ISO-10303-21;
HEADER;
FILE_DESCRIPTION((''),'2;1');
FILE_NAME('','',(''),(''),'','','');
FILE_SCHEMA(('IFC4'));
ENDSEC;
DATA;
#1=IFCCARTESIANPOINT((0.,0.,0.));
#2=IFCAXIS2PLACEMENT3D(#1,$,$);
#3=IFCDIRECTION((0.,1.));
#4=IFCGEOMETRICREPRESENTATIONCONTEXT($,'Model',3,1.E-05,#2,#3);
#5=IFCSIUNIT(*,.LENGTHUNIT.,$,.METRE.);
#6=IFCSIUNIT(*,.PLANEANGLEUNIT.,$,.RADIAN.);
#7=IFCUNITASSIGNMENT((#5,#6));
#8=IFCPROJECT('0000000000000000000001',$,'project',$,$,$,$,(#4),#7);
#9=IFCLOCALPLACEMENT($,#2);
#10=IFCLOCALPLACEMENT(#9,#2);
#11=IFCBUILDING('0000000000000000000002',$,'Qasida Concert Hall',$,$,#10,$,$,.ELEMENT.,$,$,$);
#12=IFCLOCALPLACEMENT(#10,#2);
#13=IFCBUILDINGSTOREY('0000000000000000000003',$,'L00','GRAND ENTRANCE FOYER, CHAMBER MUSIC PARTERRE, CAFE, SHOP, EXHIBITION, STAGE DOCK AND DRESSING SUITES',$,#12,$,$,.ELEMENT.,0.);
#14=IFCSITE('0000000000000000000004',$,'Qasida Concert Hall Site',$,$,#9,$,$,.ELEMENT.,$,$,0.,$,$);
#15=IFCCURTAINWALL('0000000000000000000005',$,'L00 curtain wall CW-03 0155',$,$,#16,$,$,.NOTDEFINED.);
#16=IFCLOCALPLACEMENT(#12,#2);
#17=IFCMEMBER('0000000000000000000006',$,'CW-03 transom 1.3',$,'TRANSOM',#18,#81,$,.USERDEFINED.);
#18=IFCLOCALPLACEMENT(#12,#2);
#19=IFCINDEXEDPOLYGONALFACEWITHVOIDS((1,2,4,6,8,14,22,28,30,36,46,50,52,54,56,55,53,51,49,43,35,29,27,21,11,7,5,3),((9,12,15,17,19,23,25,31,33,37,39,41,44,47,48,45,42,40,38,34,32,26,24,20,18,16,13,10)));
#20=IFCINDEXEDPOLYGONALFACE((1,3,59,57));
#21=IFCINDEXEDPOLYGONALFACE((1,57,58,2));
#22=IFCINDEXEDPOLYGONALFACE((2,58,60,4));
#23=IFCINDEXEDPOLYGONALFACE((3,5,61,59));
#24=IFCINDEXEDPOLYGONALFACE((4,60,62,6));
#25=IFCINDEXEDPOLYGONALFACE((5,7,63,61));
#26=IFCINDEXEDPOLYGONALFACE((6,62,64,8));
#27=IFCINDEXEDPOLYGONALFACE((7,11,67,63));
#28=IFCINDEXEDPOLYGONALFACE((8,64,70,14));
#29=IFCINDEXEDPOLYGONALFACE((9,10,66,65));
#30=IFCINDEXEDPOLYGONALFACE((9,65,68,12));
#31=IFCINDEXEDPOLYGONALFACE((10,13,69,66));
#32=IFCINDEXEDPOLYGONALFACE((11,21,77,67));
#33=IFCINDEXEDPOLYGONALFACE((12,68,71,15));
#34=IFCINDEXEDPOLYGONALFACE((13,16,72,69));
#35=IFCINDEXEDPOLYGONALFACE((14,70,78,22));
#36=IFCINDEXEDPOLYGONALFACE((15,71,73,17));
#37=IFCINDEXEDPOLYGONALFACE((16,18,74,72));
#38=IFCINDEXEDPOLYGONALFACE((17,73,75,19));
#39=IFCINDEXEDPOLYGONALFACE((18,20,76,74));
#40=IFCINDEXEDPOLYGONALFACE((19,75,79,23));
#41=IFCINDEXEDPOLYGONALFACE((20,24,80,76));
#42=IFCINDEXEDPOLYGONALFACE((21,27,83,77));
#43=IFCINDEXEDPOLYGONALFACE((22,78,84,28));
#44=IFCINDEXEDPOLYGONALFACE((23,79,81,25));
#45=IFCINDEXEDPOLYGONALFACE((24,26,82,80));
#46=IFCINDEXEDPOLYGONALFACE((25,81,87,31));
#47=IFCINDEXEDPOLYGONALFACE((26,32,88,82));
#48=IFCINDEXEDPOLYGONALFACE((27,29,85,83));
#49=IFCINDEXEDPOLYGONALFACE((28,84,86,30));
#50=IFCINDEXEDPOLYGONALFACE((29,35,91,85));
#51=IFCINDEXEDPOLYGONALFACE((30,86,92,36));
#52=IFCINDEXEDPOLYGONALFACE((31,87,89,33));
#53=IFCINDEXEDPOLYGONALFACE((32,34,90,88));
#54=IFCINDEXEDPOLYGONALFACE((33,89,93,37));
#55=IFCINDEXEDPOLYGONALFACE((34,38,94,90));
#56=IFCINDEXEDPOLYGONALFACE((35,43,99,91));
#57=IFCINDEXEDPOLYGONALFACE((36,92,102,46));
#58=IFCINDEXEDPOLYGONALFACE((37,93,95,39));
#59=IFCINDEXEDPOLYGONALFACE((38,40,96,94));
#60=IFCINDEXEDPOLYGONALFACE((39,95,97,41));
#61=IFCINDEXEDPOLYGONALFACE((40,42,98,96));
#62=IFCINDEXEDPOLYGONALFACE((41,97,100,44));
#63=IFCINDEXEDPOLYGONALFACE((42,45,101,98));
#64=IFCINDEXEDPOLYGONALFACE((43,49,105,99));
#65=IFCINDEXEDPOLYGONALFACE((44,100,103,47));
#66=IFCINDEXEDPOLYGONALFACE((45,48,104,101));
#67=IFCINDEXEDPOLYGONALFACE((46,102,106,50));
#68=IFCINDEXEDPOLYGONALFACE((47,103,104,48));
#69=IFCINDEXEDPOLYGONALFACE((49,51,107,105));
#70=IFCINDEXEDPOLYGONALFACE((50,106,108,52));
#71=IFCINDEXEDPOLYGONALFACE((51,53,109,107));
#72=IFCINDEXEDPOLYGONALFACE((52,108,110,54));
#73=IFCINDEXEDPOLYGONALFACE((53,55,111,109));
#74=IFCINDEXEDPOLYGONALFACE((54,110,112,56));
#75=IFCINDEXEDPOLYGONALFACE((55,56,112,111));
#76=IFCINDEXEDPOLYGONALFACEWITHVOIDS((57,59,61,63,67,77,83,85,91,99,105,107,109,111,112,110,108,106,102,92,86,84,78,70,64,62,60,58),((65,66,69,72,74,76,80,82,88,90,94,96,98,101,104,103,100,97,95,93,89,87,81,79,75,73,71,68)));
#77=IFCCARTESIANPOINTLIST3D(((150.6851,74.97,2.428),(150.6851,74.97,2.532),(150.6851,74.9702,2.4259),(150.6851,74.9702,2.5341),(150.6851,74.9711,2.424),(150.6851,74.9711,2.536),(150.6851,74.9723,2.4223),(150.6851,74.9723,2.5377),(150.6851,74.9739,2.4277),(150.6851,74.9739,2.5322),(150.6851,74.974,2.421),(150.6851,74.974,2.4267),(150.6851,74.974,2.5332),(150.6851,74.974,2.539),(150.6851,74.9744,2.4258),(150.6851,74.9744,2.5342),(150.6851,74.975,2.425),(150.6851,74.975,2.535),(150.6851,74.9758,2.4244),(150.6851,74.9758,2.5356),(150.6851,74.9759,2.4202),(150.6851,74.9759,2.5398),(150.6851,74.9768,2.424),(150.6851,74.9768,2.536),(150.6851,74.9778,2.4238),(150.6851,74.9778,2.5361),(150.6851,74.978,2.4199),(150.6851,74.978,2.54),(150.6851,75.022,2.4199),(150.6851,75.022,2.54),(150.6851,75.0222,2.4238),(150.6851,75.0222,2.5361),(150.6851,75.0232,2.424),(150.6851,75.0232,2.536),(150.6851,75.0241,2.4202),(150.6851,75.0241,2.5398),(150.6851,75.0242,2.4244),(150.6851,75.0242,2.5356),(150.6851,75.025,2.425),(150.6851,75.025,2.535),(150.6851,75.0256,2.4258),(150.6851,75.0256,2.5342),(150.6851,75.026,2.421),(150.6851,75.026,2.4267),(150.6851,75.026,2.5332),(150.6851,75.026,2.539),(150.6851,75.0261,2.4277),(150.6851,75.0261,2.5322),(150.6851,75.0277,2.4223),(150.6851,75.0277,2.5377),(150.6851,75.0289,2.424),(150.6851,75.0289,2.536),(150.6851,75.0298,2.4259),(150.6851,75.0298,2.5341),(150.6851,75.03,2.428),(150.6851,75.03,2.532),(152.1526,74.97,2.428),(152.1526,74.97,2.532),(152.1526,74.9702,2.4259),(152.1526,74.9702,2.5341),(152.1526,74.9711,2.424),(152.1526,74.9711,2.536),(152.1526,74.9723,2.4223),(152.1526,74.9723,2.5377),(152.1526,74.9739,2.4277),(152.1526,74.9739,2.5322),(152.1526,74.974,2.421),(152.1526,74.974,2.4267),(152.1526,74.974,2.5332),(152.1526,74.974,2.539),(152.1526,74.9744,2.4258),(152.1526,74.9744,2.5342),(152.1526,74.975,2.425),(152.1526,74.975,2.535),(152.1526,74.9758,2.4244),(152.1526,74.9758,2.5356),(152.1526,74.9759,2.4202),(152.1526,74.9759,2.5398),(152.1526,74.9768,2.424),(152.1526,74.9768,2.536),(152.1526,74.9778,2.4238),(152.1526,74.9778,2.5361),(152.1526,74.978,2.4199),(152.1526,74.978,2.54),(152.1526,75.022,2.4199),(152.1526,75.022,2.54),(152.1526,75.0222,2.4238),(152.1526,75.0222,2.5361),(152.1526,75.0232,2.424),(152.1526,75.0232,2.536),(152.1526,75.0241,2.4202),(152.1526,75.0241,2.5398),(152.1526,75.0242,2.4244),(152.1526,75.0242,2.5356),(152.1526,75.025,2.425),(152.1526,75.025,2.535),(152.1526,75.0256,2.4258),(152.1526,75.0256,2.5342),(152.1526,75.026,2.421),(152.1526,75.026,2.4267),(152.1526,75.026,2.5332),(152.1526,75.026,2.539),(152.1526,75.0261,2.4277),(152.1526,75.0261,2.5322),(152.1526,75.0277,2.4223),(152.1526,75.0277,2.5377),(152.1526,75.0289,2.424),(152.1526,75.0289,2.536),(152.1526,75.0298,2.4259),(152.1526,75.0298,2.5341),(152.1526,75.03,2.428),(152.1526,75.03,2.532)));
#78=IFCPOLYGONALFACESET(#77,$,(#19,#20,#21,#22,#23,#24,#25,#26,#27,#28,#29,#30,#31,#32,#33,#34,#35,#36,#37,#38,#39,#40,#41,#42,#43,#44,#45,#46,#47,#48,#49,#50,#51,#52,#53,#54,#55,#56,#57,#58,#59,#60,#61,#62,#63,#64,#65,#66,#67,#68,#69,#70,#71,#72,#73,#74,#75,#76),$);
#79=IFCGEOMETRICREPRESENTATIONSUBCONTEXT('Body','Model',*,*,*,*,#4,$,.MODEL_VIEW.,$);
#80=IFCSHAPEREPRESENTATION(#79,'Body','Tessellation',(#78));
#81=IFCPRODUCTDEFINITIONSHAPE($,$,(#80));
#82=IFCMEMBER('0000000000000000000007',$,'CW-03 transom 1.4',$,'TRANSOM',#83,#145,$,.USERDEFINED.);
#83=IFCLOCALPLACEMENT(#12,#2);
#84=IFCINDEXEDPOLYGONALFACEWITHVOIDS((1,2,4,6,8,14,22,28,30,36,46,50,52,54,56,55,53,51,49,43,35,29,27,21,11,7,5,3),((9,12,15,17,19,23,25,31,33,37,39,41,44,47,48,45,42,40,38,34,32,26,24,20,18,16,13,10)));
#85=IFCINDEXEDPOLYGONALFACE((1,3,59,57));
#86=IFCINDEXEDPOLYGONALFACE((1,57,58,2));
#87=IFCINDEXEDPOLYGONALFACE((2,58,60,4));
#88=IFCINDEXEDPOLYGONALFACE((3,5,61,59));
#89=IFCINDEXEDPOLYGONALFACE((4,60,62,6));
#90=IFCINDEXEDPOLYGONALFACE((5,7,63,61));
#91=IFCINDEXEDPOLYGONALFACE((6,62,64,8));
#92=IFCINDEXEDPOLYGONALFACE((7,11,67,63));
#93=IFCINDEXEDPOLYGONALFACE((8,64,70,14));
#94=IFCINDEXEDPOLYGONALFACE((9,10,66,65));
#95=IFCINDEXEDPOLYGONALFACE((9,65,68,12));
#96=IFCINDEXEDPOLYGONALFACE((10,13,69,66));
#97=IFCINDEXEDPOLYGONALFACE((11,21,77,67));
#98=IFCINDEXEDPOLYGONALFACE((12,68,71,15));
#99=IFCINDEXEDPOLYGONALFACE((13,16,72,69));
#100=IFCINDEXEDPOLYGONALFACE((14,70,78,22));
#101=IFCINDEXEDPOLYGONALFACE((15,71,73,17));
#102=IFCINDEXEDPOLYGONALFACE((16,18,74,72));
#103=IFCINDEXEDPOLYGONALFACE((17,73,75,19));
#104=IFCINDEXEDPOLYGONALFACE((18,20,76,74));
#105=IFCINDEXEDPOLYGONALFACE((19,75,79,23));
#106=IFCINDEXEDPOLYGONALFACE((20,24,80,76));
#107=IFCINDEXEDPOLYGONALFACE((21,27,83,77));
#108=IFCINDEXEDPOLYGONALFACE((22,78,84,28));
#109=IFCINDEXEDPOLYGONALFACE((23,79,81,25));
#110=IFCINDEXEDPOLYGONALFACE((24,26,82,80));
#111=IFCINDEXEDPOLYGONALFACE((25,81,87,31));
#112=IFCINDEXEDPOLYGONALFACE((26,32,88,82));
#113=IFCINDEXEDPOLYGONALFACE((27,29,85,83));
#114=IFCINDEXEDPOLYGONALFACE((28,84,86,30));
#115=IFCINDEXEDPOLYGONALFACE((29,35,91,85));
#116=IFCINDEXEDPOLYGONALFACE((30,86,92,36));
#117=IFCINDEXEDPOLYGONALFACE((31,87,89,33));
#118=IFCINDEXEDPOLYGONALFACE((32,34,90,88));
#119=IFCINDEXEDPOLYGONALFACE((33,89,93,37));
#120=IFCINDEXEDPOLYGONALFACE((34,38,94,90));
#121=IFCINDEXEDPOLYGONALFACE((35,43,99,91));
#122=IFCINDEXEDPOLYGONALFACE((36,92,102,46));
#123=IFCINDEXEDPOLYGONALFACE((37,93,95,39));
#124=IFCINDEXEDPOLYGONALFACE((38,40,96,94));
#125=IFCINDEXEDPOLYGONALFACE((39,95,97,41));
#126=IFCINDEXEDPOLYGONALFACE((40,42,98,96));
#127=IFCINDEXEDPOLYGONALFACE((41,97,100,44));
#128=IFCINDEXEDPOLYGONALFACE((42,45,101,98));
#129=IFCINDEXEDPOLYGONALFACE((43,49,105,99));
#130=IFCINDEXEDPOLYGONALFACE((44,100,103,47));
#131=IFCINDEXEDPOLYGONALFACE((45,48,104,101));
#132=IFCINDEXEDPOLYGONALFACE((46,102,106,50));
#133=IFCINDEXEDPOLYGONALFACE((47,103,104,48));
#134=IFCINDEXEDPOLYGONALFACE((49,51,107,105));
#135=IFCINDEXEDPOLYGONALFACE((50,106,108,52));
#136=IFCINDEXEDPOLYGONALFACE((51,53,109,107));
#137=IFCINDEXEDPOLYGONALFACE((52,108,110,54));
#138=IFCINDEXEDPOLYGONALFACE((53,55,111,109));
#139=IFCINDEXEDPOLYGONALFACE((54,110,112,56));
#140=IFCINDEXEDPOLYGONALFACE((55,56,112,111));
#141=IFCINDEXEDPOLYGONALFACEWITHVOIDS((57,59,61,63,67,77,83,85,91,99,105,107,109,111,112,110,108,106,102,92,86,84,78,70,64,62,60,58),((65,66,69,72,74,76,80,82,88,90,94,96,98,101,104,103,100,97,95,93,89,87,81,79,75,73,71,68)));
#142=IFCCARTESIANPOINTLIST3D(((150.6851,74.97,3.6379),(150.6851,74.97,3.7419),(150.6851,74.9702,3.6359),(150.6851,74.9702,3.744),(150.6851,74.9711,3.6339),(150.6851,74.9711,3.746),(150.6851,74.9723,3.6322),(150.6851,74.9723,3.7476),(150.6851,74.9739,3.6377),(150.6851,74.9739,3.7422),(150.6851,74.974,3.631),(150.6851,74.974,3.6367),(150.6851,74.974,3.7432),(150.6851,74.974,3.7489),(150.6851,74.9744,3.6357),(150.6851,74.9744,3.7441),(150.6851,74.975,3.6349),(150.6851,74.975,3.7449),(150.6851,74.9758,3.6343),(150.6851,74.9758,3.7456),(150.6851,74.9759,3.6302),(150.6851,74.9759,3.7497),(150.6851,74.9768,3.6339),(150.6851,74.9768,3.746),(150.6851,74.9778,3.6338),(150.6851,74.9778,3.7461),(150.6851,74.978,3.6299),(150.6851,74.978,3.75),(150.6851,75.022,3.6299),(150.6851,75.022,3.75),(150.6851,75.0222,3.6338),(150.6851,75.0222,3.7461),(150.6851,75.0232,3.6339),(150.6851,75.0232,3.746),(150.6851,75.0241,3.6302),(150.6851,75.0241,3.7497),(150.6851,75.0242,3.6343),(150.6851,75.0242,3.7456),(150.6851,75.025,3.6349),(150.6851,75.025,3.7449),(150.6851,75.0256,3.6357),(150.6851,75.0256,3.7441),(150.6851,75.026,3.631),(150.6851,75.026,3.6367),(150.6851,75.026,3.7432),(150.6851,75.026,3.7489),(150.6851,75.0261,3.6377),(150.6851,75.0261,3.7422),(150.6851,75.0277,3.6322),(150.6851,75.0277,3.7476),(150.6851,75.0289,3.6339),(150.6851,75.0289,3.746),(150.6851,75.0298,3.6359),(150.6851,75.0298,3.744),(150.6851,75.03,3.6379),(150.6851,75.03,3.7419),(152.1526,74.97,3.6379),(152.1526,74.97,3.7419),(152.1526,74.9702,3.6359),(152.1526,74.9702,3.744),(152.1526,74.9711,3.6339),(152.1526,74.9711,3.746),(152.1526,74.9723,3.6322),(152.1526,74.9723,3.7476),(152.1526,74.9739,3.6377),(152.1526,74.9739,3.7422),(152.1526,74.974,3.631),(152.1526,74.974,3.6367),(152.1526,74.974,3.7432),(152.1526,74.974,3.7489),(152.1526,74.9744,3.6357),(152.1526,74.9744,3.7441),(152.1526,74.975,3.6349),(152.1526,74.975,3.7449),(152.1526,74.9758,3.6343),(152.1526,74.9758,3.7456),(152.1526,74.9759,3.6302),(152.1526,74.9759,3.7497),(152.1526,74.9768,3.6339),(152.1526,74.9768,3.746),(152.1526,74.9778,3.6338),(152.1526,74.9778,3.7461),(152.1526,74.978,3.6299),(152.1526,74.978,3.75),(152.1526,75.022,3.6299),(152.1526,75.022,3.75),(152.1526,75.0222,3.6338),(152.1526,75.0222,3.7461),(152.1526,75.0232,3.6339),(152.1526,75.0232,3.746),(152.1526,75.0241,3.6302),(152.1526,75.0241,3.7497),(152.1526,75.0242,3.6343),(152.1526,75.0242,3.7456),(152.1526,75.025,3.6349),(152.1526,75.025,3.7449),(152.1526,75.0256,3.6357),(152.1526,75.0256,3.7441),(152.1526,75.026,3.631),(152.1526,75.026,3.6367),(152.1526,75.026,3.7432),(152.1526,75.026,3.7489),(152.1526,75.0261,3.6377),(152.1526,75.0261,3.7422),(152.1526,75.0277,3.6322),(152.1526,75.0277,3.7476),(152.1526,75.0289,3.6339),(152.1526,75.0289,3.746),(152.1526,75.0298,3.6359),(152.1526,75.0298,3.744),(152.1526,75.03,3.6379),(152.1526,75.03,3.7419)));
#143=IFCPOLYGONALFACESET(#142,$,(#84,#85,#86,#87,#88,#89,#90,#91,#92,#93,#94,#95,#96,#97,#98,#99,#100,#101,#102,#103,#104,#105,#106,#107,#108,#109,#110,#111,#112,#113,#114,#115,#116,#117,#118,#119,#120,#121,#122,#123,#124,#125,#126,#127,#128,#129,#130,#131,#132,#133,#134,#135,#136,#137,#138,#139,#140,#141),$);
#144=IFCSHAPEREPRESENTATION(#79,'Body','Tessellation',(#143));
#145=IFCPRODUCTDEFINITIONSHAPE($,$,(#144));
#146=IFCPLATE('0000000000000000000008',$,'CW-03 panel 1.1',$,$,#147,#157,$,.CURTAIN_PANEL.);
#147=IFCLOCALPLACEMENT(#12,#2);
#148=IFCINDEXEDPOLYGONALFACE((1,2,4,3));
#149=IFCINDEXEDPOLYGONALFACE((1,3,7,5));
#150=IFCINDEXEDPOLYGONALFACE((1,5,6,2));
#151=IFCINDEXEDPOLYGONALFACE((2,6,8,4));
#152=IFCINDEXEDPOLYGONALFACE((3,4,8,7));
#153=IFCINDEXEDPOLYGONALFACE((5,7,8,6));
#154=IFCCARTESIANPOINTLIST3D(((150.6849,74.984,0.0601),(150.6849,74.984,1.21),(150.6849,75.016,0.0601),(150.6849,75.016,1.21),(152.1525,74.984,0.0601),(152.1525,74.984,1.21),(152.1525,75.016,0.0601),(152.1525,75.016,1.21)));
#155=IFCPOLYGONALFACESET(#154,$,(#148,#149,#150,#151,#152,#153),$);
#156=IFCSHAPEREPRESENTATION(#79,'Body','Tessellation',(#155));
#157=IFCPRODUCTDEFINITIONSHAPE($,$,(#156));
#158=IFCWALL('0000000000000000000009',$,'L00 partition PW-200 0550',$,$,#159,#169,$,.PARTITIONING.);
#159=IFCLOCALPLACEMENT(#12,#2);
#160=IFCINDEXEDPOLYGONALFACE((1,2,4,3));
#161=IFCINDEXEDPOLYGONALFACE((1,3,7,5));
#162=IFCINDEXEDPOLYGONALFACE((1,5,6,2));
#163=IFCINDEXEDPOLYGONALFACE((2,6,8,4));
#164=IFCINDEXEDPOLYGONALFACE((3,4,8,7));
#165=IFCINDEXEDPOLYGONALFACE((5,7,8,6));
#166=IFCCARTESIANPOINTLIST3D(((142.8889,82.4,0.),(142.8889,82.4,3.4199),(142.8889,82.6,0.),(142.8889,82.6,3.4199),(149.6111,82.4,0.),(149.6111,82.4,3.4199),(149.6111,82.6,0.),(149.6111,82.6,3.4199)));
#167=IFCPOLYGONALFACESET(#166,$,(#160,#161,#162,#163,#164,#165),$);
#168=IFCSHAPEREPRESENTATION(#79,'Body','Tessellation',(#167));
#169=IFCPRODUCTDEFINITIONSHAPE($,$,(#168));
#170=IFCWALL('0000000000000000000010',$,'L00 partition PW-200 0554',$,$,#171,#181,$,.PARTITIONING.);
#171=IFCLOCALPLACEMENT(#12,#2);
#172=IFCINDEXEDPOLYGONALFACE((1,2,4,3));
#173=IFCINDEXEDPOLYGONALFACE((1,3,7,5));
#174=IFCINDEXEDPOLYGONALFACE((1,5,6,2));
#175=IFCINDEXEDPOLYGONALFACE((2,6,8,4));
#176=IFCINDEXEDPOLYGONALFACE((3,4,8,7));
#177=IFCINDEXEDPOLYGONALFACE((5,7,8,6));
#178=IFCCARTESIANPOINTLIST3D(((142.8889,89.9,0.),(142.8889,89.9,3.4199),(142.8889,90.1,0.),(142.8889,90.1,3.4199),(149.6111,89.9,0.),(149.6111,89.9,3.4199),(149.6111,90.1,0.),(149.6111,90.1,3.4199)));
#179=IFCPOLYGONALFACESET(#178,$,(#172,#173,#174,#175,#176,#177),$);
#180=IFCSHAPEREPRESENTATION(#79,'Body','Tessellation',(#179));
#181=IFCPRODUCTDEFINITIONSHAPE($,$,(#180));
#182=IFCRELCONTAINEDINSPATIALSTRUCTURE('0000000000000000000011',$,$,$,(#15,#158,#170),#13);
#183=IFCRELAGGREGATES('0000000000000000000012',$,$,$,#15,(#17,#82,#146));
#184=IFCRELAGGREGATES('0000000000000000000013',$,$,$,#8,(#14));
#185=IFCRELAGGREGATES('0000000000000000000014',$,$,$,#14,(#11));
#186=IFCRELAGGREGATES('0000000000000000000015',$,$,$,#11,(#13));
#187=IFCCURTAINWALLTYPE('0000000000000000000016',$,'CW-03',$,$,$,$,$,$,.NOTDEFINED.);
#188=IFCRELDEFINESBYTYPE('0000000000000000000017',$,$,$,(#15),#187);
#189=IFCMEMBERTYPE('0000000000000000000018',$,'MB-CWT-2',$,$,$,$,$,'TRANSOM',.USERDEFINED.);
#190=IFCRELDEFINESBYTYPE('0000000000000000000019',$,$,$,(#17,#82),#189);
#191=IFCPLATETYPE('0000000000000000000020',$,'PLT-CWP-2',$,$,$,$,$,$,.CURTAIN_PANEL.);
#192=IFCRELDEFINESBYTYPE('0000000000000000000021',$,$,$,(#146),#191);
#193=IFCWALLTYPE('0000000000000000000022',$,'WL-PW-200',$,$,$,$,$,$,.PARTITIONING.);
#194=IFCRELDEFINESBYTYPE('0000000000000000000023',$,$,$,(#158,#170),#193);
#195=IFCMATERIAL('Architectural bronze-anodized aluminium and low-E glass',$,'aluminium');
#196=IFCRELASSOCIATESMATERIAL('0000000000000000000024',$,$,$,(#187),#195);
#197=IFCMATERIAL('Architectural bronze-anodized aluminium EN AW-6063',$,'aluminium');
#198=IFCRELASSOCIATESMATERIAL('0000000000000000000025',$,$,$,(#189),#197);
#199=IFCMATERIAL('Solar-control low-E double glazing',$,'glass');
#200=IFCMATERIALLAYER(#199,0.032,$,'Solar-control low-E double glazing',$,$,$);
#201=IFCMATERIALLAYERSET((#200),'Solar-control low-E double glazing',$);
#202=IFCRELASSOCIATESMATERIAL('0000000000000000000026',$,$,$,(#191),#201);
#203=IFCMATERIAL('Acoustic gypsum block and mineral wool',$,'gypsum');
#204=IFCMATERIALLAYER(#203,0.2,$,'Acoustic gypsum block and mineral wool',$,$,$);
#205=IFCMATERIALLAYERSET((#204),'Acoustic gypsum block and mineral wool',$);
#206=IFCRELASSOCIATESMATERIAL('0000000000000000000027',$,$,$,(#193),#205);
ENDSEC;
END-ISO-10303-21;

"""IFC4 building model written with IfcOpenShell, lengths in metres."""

from ifc_helpers import new_model, si_unit, direction, frame, frame_2d, origin, origin_2d, place, context, subcontext, project, spatial, rectangle, hollow_rectangle, extrude, material, layer, layer_set, material_profile, profile_set, type_object, element, aggregate, save


model = new_model("IFC4")

# Units and contexts
model_context = context("Model", 3, precision=1e-05, world=origin(), true_north=direction((0.0, 1.0)))
body_context = subcontext(model_context, "Body", "Model", "MODEL_VIEW")
ifc_project = project(units=[si_unit("LENGTHUNIT", "METRE"), si_unit("PLANEANGLEUNIT", "RADIAN")], contexts=[model_context])

# Site, building, storey
site_placement = place(None, origin())
site = spatial("IfcSite", under=ifc_project, at=site_placement, Name="Qasida Concert Hall Site", CompositionType="ELEMENT", RefElevation=0.0)
building_placement = place(site_placement, origin())
building = spatial("IfcBuilding", under=site, at=building_placement, Name="Qasida Concert Hall", CompositionType="ELEMENT")
storey_placement = place(building_placement, origin())
storey = spatial("IfcBuildingStorey", under=building, at=storey_placement, Name="L00", Description="GRAND ENTRANCE FOYER, CHAMBER MUSIC PARTERRE, CAFE, SHOP, EXHIBITION, STAGE DOCK AND DRESSING SUITES", CompositionType="ELEMENT", Elevation=0.0)

# Curtain wall, members, plate
ifc_material_1 = material(Name="Architectural bronze-anodized aluminium and low-E glass", Category="aluminium")
curtain_wall_type = type_object("IfcCurtainWallType", Name="CW-03", PredefinedType="NOTDEFINED", material=ifc_material_1)
curtain_wall_placement = place(storey_placement, origin())
curtain_wall = element("IfcCurtainWall", 1, at=curtain_wall_placement, inside=storey, type_object=curtain_wall_type, Name="L00 curtain wall CW-03 0155", PredefinedType="NOTDEFINED")
ifc_material_2 = material(Name="Architectural bronze-anodized aluminium EN AW-6063", Category="aluminium")
ifc_material_profile_1 = material_profile(ifc_material_2, hollow_rectangle(XDim=0.0601, YDim=0.1201, WallThickness=0.0039, InnerFilletRadius=0.0039, OuterFilletRadius=0.0081, at=origin_2d()), Name="CWT 120x60x4")
ifc_profile_set_1 = profile_set([ifc_material_profile_1], Name="Architectural bronze-anodized aluminium EN AW-6063")
member_type = type_object("IfcMemberType", Name="MB-CWT-2", ElementType="TRANSOM", PredefinedType="USERDEFINED", material=ifc_profile_set_1)
member_1_placement = place(storey_placement, frame((150.6851, 75.0, 2.48), z_axis=(1.0, 0.0, 0.0), x_axis=(0.0, 1.0, 0.0)))
member_1 = element("IfcMember", 2, at=member_1_placement, type_object=member_type, Name="CW-03 transom 1.3", ObjectType="TRANSOM", PredefinedType="USERDEFINED", context=body_context, shape_type="SweptSolid", body=[
    extrude(hollow_rectangle(XDim=0.0601, YDim=0.1201, WallThickness=0.0039, InnerFilletRadius=0.0039, OuterFilletRadius=0.0081, at=origin_2d()), origin(), (0.0, 0.0, 1.0), 1.4675),
])
member_2_placement = place(storey_placement, frame((150.6851, 75.0, 3.6899), z_axis=(1.0, 0.0, 0.0), x_axis=(0.0, 1.0, 0.0)))
member_2 = element("IfcMember", 3, at=member_2_placement, type_object=member_type, Name="CW-03 transom 1.4", ObjectType="TRANSOM", PredefinedType="USERDEFINED", context=body_context, shape_type="SweptSolid", body=[
    extrude(hollow_rectangle(XDim=0.0601, YDim=0.1201, WallThickness=0.0039, InnerFilletRadius=0.0039, OuterFilletRadius=0.0081, at=origin_2d()), origin(), (0.0, 0.0, 1.0), 1.4675),
])
ifc_material_3 = material(Name="Solar-control low-E double glazing", Category="glass")
ifc_layer_1 = layer(ifc_material_3, 0.032, Name="Solar-control low-E double glazing")
ifc_layer_set_1 = layer_set([ifc_layer_1], Name="Solar-control low-E double glazing")
plate_type = type_object("IfcPlateType", Name="PLT-CWP-2", PredefinedType="CURTAIN_PANEL", material=ifc_layer_set_1)
plate_placement = place(storey_placement, frame((151.4187, 75.0, 0.0601), z_axis=(0.0, 0.0, 1.0), x_axis=(1.0, 0.0, 0.0)))
plate = element("IfcPlate", 4, at=plate_placement, type_object=plate_type, Name="CW-03 panel 1.1", PredefinedType="CURTAIN_PANEL", context=body_context, shape_type="SweptSolid", body=[
    extrude(rectangle(XDim=1.4675, YDim=0.032, at=origin_2d()), origin(), (0.0, 0.0, 1.0), 1.1499),
])
aggregate(curtain_wall, [member_1, member_2, plate])

# Walls
ifc_material_4 = material(Name="Acoustic gypsum block and mineral wool", Category="gypsum")
ifc_layer_2 = layer(ifc_material_4, 0.2, Name="Acoustic gypsum block and mineral wool")
ifc_layer_set_2 = layer_set([ifc_layer_2], Name="Acoustic gypsum block and mineral wool")
wall_type = type_object("IfcWallType", Name="WL-PW-200", PredefinedType="PARTITIONING", material=ifc_layer_set_2)
for number, where, z_axis, x_axis, name in (
    (5, (142.8889, 82.5, 0.0), (0.0, 0.0, 1.0), (1.0, 0.0, 0.0), "L00 partition PW-200 0550"),
    (6, (142.8889, 90.0, 0.0), (0.0, 0.0, 1.0), (1.0, 0.0, 0.0), "L00 partition PW-200 0554"),
):
    element("IfcWall", number, at=place(storey_placement, frame(where, z_axis=z_axis, x_axis=x_axis)), inside=storey, type_object=wall_type, Name=name, PredefinedType="PARTITIONING", context=body_context, shape_type="SweptSolid", body=[
        extrude(rectangle(XDim=6.7222, YDim=0.2, at=frame_2d((3.3611, 0.0))), origin(), (0.0, 0.0, 1.0), 3.4199),
    ])

save(model, "model.ifc")
